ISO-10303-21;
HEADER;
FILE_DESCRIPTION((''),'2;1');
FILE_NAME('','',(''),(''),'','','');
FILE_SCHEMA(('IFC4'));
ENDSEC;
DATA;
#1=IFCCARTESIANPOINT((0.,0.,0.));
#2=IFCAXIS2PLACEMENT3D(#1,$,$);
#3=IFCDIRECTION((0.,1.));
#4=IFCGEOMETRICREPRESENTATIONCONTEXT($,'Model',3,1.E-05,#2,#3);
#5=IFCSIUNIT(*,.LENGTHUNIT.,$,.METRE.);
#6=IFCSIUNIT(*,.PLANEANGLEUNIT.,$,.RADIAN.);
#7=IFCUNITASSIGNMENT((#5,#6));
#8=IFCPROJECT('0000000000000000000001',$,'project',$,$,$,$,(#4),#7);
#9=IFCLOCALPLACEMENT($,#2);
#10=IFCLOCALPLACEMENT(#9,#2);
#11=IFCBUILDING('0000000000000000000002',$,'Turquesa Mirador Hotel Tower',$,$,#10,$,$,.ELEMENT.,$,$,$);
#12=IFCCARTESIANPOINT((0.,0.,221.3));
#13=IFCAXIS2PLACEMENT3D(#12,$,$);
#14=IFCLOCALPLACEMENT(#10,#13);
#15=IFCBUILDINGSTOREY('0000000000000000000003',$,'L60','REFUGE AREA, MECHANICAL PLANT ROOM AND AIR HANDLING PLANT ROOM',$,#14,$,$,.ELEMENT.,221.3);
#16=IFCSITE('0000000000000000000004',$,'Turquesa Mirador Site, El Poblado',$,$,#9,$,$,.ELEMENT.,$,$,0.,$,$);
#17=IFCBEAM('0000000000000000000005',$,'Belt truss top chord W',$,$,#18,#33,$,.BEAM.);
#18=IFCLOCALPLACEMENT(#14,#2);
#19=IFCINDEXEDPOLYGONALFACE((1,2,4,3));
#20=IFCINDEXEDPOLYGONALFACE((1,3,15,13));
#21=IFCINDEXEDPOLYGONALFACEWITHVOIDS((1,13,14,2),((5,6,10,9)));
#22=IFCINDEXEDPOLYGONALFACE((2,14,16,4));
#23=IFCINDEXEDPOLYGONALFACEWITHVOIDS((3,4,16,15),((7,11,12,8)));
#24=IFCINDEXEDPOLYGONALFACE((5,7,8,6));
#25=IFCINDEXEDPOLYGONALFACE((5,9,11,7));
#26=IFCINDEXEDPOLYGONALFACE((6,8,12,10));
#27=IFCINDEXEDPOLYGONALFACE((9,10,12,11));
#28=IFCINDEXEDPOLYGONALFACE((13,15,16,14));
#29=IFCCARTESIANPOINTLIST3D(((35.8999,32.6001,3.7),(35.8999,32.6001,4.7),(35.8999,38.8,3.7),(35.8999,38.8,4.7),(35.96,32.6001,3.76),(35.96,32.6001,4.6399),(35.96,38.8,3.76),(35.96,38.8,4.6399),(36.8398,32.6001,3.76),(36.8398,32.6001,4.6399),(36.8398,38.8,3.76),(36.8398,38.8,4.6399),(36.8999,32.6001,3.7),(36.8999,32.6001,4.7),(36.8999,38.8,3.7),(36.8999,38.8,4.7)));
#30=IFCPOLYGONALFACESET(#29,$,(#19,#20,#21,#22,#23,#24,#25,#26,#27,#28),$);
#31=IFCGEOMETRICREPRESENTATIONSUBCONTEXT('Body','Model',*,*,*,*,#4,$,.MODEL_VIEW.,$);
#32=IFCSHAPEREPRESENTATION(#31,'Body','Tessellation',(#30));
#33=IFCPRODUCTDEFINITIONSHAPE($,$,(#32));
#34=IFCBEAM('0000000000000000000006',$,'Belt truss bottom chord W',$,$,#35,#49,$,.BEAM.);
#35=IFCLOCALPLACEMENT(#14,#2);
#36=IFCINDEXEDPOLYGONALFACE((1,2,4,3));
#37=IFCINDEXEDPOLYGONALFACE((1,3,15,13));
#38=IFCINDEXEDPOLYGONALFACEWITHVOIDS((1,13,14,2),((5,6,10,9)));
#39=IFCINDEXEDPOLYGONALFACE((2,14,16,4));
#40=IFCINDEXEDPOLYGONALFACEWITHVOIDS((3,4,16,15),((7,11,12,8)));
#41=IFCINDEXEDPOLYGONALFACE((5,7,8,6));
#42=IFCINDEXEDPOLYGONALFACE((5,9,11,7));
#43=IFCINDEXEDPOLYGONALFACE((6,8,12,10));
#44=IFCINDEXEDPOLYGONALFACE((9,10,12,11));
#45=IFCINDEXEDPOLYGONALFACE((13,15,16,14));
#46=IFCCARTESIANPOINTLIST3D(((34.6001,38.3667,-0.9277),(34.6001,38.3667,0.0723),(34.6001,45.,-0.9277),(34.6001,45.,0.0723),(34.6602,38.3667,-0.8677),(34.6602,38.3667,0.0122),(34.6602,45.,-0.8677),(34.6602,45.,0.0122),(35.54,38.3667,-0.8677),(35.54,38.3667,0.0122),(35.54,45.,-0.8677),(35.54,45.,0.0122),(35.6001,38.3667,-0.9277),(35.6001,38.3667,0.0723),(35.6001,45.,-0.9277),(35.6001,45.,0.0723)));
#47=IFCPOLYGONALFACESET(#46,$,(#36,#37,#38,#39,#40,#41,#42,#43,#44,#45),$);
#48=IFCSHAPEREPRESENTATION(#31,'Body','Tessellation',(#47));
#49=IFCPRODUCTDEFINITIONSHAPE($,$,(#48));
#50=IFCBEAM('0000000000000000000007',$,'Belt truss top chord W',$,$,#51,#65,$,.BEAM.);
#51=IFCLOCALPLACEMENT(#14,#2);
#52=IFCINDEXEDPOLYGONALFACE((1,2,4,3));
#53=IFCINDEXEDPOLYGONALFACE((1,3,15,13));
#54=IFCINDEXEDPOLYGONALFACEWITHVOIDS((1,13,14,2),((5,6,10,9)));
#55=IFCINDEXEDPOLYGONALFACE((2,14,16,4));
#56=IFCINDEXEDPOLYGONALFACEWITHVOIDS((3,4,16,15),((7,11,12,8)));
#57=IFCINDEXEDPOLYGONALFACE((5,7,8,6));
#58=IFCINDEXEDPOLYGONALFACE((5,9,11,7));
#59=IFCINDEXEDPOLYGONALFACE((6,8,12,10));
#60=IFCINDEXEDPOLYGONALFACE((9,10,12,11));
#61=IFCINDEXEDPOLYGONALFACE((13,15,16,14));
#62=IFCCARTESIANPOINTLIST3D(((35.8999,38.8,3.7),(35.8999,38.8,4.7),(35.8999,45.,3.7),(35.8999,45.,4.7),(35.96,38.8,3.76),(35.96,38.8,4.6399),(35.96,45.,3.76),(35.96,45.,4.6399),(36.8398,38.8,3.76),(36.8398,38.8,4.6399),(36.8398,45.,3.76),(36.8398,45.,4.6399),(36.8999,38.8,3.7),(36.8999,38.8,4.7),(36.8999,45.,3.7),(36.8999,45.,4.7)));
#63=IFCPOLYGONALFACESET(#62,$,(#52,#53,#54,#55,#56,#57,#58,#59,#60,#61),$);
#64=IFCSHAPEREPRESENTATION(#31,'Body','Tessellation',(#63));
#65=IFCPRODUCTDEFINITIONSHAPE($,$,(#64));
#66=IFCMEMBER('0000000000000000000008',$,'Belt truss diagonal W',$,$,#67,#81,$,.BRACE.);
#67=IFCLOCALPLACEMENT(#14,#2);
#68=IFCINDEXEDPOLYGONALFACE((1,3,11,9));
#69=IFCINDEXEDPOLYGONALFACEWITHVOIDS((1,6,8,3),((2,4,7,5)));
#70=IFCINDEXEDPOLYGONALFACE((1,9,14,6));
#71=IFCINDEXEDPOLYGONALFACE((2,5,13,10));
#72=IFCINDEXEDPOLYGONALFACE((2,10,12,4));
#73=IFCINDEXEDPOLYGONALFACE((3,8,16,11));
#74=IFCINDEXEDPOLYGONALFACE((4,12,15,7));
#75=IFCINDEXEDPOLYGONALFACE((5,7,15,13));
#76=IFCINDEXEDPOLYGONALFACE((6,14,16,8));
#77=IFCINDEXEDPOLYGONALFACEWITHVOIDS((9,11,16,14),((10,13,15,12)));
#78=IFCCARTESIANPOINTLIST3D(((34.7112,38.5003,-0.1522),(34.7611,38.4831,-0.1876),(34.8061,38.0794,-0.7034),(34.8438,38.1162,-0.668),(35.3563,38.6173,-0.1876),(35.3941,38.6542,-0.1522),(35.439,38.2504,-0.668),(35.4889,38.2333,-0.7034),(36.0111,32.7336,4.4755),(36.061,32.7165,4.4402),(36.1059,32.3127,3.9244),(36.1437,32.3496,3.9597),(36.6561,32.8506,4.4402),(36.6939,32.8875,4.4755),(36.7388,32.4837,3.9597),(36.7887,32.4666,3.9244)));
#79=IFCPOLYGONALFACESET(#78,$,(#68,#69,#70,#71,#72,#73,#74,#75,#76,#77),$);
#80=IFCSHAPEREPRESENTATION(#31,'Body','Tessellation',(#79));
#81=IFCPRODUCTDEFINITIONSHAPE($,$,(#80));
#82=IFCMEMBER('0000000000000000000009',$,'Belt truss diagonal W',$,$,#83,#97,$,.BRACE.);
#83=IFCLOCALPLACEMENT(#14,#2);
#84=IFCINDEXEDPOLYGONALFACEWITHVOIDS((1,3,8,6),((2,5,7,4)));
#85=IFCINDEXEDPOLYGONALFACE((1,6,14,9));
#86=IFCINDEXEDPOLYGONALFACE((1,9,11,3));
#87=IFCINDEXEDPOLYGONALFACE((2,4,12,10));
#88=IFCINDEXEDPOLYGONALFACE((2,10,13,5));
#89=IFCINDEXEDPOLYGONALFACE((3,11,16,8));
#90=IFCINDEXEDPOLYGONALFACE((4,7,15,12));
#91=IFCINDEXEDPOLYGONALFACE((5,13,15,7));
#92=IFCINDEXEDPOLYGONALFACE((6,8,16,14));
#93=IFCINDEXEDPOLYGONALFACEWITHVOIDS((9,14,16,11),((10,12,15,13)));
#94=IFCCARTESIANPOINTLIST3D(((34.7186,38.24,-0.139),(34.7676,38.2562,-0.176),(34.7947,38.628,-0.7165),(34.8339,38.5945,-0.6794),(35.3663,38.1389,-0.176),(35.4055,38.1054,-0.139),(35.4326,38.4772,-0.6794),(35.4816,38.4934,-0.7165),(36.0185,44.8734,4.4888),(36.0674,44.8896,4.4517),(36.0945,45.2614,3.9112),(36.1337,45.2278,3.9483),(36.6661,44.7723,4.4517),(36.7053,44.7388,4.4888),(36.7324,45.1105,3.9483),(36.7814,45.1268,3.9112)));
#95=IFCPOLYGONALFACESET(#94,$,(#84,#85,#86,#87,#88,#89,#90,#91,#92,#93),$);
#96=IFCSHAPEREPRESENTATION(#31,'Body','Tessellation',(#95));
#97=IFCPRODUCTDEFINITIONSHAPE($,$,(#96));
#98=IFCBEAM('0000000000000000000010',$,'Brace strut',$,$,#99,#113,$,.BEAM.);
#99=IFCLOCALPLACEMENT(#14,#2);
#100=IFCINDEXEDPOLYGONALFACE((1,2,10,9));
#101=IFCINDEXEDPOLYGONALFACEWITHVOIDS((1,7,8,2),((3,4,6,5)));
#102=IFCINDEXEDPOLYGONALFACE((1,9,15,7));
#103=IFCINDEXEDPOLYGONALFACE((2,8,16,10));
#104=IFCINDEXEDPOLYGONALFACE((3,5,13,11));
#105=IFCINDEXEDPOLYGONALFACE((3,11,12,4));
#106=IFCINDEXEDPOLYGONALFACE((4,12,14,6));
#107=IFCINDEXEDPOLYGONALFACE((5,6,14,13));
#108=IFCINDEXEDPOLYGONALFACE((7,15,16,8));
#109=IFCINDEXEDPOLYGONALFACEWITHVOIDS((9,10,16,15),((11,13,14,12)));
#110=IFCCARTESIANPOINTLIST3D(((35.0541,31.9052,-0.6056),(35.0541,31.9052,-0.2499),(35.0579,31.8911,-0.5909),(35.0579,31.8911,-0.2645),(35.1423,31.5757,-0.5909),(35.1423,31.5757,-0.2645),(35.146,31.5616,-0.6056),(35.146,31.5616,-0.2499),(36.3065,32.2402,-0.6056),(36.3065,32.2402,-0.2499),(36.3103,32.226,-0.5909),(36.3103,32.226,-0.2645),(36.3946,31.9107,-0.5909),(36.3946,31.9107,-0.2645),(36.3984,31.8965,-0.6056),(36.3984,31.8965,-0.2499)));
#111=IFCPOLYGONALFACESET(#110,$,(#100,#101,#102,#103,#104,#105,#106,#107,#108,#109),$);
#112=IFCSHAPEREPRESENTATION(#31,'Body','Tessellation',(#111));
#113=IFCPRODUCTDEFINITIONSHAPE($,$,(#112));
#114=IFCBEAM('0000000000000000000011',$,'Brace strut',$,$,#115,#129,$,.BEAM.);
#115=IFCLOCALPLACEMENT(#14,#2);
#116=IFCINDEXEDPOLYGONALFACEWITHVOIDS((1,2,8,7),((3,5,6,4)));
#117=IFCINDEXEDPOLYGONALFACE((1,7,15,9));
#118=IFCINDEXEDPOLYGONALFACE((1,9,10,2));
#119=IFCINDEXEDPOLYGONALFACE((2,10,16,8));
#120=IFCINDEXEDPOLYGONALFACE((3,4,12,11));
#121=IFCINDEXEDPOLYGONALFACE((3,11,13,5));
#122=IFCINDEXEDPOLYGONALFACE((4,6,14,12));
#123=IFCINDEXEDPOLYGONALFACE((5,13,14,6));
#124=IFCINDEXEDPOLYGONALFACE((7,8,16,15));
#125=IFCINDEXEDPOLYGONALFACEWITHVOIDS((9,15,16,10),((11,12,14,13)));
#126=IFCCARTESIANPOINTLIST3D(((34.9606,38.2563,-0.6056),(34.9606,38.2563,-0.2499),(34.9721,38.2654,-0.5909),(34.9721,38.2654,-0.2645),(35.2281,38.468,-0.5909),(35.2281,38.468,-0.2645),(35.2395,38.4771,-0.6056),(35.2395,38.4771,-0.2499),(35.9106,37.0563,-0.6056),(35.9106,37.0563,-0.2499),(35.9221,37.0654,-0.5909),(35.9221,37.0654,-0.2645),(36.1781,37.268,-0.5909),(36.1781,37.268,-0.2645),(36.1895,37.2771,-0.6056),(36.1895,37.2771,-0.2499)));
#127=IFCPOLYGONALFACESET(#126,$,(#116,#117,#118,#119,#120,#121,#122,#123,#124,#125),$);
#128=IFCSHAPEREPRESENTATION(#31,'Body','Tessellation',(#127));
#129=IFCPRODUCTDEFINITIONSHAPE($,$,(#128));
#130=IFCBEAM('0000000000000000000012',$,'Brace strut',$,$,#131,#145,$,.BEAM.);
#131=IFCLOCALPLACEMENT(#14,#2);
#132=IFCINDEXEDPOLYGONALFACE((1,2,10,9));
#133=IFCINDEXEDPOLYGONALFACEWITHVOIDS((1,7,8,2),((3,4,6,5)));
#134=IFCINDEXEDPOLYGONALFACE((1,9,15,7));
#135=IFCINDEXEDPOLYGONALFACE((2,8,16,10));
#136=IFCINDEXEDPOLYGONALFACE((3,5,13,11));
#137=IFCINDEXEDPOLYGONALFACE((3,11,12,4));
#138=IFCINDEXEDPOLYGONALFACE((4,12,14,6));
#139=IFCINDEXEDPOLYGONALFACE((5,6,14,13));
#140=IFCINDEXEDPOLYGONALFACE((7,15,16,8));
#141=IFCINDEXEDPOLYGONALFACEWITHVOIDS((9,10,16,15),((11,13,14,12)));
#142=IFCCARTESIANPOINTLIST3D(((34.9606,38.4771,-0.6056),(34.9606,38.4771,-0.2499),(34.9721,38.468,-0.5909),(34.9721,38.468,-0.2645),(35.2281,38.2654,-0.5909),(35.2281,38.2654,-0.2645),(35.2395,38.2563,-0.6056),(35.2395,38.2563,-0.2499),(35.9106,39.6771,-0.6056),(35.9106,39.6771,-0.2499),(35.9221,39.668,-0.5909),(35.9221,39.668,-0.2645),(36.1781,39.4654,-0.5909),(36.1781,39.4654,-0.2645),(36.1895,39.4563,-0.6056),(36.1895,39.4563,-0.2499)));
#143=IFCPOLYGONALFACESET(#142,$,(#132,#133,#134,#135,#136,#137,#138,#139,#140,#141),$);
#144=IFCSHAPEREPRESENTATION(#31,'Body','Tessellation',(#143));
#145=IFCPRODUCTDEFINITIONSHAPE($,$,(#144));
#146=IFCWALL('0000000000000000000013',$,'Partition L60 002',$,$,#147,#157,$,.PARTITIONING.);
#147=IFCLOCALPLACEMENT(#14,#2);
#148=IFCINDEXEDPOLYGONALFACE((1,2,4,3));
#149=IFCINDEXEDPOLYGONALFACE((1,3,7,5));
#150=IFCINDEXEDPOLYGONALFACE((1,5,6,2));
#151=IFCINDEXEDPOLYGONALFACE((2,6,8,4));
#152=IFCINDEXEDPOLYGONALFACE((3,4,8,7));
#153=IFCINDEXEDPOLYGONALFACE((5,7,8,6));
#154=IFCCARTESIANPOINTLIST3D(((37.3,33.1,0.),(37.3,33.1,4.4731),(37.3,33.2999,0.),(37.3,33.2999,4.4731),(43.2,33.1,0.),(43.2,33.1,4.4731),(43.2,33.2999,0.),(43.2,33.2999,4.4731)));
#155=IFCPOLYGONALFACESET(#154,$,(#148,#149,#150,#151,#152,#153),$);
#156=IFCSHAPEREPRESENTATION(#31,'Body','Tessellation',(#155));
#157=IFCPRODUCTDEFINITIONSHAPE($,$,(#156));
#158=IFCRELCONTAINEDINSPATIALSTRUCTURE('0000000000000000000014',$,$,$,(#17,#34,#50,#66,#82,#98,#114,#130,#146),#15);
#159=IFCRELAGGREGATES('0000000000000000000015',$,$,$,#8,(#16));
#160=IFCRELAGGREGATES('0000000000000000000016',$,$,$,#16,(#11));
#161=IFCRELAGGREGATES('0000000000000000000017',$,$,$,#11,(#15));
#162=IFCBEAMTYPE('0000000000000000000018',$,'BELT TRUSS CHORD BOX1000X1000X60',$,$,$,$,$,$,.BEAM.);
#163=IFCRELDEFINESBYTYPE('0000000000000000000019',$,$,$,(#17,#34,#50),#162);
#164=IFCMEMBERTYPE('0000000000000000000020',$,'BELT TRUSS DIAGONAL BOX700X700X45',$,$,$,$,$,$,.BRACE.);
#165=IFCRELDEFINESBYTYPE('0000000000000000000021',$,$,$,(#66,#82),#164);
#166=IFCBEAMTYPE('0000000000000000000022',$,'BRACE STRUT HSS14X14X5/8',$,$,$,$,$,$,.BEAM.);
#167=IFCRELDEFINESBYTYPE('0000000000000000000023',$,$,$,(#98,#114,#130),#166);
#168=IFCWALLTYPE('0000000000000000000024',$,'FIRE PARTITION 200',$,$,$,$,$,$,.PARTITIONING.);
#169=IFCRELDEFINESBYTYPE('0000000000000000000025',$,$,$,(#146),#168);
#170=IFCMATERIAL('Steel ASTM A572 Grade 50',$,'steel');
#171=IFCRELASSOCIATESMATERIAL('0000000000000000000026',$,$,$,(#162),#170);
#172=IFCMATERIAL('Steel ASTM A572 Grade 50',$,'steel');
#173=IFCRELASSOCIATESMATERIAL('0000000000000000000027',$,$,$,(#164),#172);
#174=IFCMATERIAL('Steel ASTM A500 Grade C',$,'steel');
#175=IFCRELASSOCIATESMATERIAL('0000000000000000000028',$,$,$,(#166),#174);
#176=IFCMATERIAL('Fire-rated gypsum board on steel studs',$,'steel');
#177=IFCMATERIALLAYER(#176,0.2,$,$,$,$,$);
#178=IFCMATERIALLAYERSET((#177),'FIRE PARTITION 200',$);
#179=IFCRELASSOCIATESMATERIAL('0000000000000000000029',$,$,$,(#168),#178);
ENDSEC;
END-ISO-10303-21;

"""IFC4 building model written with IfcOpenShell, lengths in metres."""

from ifc_helpers import new_model, si_unit, direction, frame, frame_2d, origin, origin_2d, place, context, subcontext, project, spatial, rectangle, hollow_rectangle, extrude, material, layer, layer_set, material_profile, profile_set, type_object, element, save


model = new_model("IFC4")

# Units and contexts
model_context = context("Model", 3, precision=1e-05, world=origin(), true_north=direction((0.0, 1.0)))
body_context = subcontext(model_context, "Body", "Model", "MODEL_VIEW")
ifc_project = project(units=[si_unit("LENGTHUNIT", "METRE"), si_unit("PLANEANGLEUNIT", "RADIAN")], contexts=[model_context])

# Site, building, storey
site_placement = place(None, origin())
site = spatial("IfcSite", under=ifc_project, at=site_placement, Name="Turquesa Mirador Site, El Poblado", CompositionType="ELEMENT", RefElevation=0.0)
building_placement = place(site_placement, origin())
building = spatial("IfcBuilding", under=site, at=building_placement, Name="Turquesa Mirador Hotel Tower", CompositionType="ELEMENT")
storey_placement = place(building_placement, frame((0.0, 0.0, 221.3)))
storey = spatial("IfcBuildingStorey", under=building, at=storey_placement, Name="L60", Description="REFUGE AREA, MECHANICAL PLANT ROOM AND AIR HANDLING PLANT ROOM", CompositionType="ELEMENT", Elevation=221.3)

# Beams
ifc_material_1 = material(Name="Steel ASTM A572 Grade 50", Category="steel")
ifc_material_profile_1 = material_profile(ifc_material_1, hollow_rectangle(XDim=1.0, YDim=1.0, WallThickness=0.0601, at=origin_2d()), Name="BOX1000X1000X60")
ifc_profile_set_1 = profile_set([ifc_material_profile_1], Name="Steel ASTM A572 Grade 50")
beam_type_1 = type_object("IfcBeamType", Name="BELT TRUSS CHORD BOX1000X1000X60", PredefinedType="BEAM", material=ifc_profile_set_1)
beam_1_placement = place(storey_placement, frame((36.3999, 32.6001, 4.2), z_axis=(0.0, 1.0, 0.0), x_axis=(-1.0, 0.0, 0.0)))
element("IfcBeam", 1, at=beam_1_placement, inside=storey, type_object=beam_type_1, Name="Belt truss top chord W", PredefinedType="BEAM", context=body_context, shape_type="SweptSolid", body=[
    extrude(hollow_rectangle(XDim=1.0, YDim=1.0, WallThickness=0.0601, at=origin_2d()), origin(), (0.0, 0.0, 1.0), 6.2),
])
beam_2_placement = place(storey_placement, frame((35.1001, 38.3667, -0.4277), z_axis=(0.0, 1.0, 0.0), x_axis=(-1.0, 0.0, 0.0)))
element("IfcBeam", 2, at=beam_2_placement, inside=storey, type_object=beam_type_1, Name="Belt truss bottom chord W", PredefinedType="BEAM", context=body_context, shape_type="SweptSolid", body=[
    extrude(hollow_rectangle(XDim=1.0, YDim=1.0, WallThickness=0.0601, at=origin_2d()), origin(), (0.0, 0.0, 1.0), 6.6333),
])
beam_3_placement = place(storey_placement, frame((36.3999, 38.8, 4.2), z_axis=(0.0, 1.0, 0.0), x_axis=(-1.0, 0.0, 0.0)))
element("IfcBeam", 3, at=beam_3_placement, inside=storey, type_object=beam_type_1, Name="Belt truss top chord W", PredefinedType="BEAM", context=body_context, shape_type="SweptSolid", body=[
    extrude(hollow_rectangle(XDim=1.0, YDim=1.0, WallThickness=0.0601, at=origin_2d()), origin(), (0.0, 0.0, 1.0), 6.2),
])

# Members
ifc_material_2 = material(Name="Steel ASTM A572 Grade 50", Category="steel")
ifc_material_profile_2 = material_profile(ifc_material_2, hollow_rectangle(XDim=0.7, YDim=0.7, WallThickness=0.0449, at=origin_2d()), Name="BOX700X700X45")
ifc_profile_set_2 = profile_set([ifc_material_profile_2], Name="Steel ASTM A572 Grade 50")
member_type = type_object("IfcMemberType", Name="BELT TRUSS DIAGONAL BOX700X700X45", PredefinedType="BRACE", material=ifc_profile_set_2)
member_1_placement = place(storey_placement, frame((36.3999, 32.6001, 4.2), z_axis=(-0.17314, 0.768139, -0.61643), x_axis=(-0.975526, -0.219886, 0.0)))
element("IfcMember", 4, at=member_1_placement, inside=storey, type_object=member_type, Name="Belt truss diagonal W", PredefinedType="BRACE", context=body_context, shape_type="SweptSolid", body=[
    extrude(hollow_rectangle(XDim=0.7, YDim=0.7, WallThickness=0.0449, at=origin_2d()), origin(), (0.0, 0.0, 1.0), 7.5073),
])
member_2_placement = place(storey_placement, frame((35.1001, 38.3667, -0.4277), z_axis=(0.158671, 0.809749, 0.564917), x_axis=(-0.981337, 0.192294, 0.0)))
element("IfcMember", 5, at=member_2_placement, inside=storey, type_object=member_type, Name="Belt truss diagonal W", PredefinedType="BRACE", context=body_context, shape_type="SweptSolid", body=[
    extrude(hollow_rectangle(XDim=0.7, YDim=0.7, WallThickness=0.0449, at=origin_2d()), origin(), (0.0, 0.0, 1.0), 8.1919),
])

# Beams
ifc_material_3 = material(Name="Steel ASTM A500 Grade C", Category="steel")
ifc_material_profile_3 = material_profile(ifc_material_3, hollow_rectangle(XDim=0.3557, YDim=0.3557, WallThickness=0.0146, at=origin_2d()), Name="HSS14X14X5/8")
ifc_profile_set_3 = profile_set([ifc_material_profile_3], Name="Steel ASTM A500 Grade C")
beam_type_2 = type_object("IfcBeamType", Name="BRACE STRUT HSS14X14X5/8", PredefinedType="BEAM", material=ifc_profile_set_3)
beam_4_placement = place(storey_placement, frame((35.1001, 31.7334, -0.4277), z_axis=(0.966047, 0.258366, 0.0), x_axis=(-0.258366, 0.966047, 0.0)))
element("IfcBeam", 6, at=beam_4_placement, inside=storey, type_object=beam_type_2, Name="Brace strut", PredefinedType="BEAM", context=body_context, shape_type="SweptSolid", body=[
    extrude(hollow_rectangle(XDim=0.3557, YDim=0.3557, WallThickness=0.0146, at=origin_2d()), origin(), (0.0, 0.0, 1.0), 1.2964),
])
for number, where, z_axis, x_axis, name in (
    (7, (35.1001, 38.3667, -0.4277), (0.620699, -0.784049, 0.0), (0.784049, 0.620699, 0.0), "Brace strut"),
    (8, (35.1001, 38.3667, -0.4277), (0.620699, 0.784049, 0.0), (-0.784049, 0.620699, 0.0), "Brace strut"),
):
    element("IfcBeam", number, at=place(storey_placement, frame(where, z_axis=z_axis, x_axis=x_axis)), inside=storey, type_object=beam_type_2, Name=name, PredefinedType="BEAM", context=body_context, shape_type="SweptSolid", body=[
        extrude(hollow_rectangle(XDim=0.3557, YDim=0.3557, WallThickness=0.0146, at=origin_2d()), origin(), (0.0, 0.0, 1.0), 1.5305),
    ])

# Wall
ifc_material_4 = material(Name="Fire-rated gypsum board on steel studs", Category="steel")
ifc_layer_1 = layer(ifc_material_4, 0.2)
ifc_layer_set_1 = layer_set([ifc_layer_1], Name="FIRE PARTITION 200")
wall_type_1 = type_object("IfcWallType", Name="FIRE PARTITION 200", PredefinedType="PARTITIONING", material=ifc_layer_set_1)
wall_1_placement = place(storey_placement, frame((37.3, 33.2, 0.0), z_axis=(0.0, 0.0, 1.0), x_axis=(1.0, 0.0, 0.0)))
element("IfcWall", 9, at=wall_1_placement, inside=storey, type_object=wall_type_1, Name="Partition L60 002", PredefinedType="PARTITIONING", context=body_context, shape_type="SweptSolid", body=[
    extrude(rectangle(XDim=5.8999, YDim=0.2, at=frame_2d((2.95, 0.0))), origin(), (0.0, 0.0, 1.0), 4.4731),
])

save(model, "model.ifc")
